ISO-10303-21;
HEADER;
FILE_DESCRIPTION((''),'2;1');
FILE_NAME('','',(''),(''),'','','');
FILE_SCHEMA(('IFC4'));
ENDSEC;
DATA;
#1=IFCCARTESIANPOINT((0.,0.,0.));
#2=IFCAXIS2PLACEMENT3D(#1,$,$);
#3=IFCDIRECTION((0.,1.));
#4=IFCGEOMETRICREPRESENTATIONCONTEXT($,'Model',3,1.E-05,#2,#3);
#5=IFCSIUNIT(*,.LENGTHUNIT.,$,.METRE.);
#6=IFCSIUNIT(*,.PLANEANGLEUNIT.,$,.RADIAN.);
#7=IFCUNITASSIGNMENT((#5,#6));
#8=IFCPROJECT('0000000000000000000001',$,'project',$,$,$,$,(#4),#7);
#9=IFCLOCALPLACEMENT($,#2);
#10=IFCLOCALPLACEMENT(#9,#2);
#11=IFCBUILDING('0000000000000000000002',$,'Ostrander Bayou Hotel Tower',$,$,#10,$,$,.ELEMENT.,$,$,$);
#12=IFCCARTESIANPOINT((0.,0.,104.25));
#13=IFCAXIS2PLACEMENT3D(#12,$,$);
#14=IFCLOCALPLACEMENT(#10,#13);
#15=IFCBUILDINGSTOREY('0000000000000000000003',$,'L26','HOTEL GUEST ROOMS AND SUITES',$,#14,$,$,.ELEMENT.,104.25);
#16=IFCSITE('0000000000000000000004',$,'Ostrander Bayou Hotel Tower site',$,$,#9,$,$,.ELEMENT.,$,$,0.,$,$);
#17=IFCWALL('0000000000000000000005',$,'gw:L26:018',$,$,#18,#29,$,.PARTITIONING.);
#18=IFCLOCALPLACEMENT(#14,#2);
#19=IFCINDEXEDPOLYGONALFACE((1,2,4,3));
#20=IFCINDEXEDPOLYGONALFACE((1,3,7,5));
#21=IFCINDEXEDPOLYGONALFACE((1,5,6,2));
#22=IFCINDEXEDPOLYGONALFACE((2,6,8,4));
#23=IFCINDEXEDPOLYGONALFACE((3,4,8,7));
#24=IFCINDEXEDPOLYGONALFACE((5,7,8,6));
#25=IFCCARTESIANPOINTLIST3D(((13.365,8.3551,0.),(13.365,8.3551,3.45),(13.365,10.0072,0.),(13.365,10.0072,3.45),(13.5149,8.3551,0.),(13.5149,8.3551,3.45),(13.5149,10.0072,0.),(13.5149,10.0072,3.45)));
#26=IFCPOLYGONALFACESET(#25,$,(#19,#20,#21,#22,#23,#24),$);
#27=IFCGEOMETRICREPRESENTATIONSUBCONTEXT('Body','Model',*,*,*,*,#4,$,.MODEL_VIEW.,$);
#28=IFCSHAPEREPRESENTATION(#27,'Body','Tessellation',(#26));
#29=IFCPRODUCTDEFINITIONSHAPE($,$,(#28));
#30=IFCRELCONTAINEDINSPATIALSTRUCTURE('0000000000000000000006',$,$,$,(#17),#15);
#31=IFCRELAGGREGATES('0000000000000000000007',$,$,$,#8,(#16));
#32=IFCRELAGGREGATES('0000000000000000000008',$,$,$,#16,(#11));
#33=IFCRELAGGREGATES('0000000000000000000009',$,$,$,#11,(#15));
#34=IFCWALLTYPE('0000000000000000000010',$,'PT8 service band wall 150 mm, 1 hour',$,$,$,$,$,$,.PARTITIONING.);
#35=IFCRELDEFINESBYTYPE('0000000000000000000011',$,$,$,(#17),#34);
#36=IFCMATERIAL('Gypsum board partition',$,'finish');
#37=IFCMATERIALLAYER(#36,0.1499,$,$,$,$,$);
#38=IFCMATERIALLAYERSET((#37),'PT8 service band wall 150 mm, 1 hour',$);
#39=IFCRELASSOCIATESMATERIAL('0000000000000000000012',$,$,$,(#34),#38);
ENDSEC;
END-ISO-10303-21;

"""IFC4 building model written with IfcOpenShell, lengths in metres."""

from ifc_helpers import new_model, si_unit, direction, frame, frame_2d, origin, place, context, subcontext, project, spatial, rectangle, extrude, material, layer, layer_set, type_object, element, save


model = new_model("IFC4")

# Units and contexts
model_context = context("Model", 3, precision=1e-05, world=origin(), true_north=direction((0.0, 1.0)))
body_context = subcontext(model_context, "Body", "Model", "MODEL_VIEW")
ifc_project = project(units=[si_unit("LENGTHUNIT", "METRE"), si_unit("PLANEANGLEUNIT", "RADIAN")], contexts=[model_context])

# Site, building, storey
site_placement = place(None, origin())
site = spatial("IfcSite", under=ifc_project, at=site_placement, Name="Ostrander Bayou Hotel Tower site", CompositionType="ELEMENT", RefElevation=0.0)
building_placement = place(site_placement, origin())
building = spatial("IfcBuilding", under=site, at=building_placement, Name="Ostrander Bayou Hotel Tower", CompositionType="ELEMENT")
storey_placement = place(building_placement, frame((0.0, 0.0, 104.25)))
storey = spatial("IfcBuildingStorey", under=building, at=storey_placement, Name="L26", Description="HOTEL GUEST ROOMS AND SUITES", CompositionType="ELEMENT", Elevation=104.25)

# Wall
ifc_material_1 = material(Name="Gypsum board partition", Category="finish")
ifc_layer_1 = layer(ifc_material_1, 0.1499)
ifc_layer_set_1 = layer_set([ifc_layer_1], Name="PT8 service band wall 150 mm, 1 hour")
wall_type_1 = type_object("IfcWallType", Name="PT8 service band wall 150 mm, 1 hour", PredefinedType="PARTITIONING", material=ifc_layer_set_1)
wall_1_placement = place(storey_placement, frame((13.4399, 8.355, 0.0), z_axis=(0.0, 0.0, 1.0), x_axis=(0.0, 1.0, 0.0)))
element("IfcWall", 1, at=wall_1_placement, inside=storey, type_object=wall_type_1, Name="gw:L26:018", PredefinedType="PARTITIONING", context=body_context, shape_type="SweptSolid", body=[
    extrude(rectangle(XDim=1.6521, YDim=0.1499, at=frame_2d((0.8262, 0.0))), origin(), (0.0, 0.0, 1.0), 3.45),
])

save(model, "model.ifc")
